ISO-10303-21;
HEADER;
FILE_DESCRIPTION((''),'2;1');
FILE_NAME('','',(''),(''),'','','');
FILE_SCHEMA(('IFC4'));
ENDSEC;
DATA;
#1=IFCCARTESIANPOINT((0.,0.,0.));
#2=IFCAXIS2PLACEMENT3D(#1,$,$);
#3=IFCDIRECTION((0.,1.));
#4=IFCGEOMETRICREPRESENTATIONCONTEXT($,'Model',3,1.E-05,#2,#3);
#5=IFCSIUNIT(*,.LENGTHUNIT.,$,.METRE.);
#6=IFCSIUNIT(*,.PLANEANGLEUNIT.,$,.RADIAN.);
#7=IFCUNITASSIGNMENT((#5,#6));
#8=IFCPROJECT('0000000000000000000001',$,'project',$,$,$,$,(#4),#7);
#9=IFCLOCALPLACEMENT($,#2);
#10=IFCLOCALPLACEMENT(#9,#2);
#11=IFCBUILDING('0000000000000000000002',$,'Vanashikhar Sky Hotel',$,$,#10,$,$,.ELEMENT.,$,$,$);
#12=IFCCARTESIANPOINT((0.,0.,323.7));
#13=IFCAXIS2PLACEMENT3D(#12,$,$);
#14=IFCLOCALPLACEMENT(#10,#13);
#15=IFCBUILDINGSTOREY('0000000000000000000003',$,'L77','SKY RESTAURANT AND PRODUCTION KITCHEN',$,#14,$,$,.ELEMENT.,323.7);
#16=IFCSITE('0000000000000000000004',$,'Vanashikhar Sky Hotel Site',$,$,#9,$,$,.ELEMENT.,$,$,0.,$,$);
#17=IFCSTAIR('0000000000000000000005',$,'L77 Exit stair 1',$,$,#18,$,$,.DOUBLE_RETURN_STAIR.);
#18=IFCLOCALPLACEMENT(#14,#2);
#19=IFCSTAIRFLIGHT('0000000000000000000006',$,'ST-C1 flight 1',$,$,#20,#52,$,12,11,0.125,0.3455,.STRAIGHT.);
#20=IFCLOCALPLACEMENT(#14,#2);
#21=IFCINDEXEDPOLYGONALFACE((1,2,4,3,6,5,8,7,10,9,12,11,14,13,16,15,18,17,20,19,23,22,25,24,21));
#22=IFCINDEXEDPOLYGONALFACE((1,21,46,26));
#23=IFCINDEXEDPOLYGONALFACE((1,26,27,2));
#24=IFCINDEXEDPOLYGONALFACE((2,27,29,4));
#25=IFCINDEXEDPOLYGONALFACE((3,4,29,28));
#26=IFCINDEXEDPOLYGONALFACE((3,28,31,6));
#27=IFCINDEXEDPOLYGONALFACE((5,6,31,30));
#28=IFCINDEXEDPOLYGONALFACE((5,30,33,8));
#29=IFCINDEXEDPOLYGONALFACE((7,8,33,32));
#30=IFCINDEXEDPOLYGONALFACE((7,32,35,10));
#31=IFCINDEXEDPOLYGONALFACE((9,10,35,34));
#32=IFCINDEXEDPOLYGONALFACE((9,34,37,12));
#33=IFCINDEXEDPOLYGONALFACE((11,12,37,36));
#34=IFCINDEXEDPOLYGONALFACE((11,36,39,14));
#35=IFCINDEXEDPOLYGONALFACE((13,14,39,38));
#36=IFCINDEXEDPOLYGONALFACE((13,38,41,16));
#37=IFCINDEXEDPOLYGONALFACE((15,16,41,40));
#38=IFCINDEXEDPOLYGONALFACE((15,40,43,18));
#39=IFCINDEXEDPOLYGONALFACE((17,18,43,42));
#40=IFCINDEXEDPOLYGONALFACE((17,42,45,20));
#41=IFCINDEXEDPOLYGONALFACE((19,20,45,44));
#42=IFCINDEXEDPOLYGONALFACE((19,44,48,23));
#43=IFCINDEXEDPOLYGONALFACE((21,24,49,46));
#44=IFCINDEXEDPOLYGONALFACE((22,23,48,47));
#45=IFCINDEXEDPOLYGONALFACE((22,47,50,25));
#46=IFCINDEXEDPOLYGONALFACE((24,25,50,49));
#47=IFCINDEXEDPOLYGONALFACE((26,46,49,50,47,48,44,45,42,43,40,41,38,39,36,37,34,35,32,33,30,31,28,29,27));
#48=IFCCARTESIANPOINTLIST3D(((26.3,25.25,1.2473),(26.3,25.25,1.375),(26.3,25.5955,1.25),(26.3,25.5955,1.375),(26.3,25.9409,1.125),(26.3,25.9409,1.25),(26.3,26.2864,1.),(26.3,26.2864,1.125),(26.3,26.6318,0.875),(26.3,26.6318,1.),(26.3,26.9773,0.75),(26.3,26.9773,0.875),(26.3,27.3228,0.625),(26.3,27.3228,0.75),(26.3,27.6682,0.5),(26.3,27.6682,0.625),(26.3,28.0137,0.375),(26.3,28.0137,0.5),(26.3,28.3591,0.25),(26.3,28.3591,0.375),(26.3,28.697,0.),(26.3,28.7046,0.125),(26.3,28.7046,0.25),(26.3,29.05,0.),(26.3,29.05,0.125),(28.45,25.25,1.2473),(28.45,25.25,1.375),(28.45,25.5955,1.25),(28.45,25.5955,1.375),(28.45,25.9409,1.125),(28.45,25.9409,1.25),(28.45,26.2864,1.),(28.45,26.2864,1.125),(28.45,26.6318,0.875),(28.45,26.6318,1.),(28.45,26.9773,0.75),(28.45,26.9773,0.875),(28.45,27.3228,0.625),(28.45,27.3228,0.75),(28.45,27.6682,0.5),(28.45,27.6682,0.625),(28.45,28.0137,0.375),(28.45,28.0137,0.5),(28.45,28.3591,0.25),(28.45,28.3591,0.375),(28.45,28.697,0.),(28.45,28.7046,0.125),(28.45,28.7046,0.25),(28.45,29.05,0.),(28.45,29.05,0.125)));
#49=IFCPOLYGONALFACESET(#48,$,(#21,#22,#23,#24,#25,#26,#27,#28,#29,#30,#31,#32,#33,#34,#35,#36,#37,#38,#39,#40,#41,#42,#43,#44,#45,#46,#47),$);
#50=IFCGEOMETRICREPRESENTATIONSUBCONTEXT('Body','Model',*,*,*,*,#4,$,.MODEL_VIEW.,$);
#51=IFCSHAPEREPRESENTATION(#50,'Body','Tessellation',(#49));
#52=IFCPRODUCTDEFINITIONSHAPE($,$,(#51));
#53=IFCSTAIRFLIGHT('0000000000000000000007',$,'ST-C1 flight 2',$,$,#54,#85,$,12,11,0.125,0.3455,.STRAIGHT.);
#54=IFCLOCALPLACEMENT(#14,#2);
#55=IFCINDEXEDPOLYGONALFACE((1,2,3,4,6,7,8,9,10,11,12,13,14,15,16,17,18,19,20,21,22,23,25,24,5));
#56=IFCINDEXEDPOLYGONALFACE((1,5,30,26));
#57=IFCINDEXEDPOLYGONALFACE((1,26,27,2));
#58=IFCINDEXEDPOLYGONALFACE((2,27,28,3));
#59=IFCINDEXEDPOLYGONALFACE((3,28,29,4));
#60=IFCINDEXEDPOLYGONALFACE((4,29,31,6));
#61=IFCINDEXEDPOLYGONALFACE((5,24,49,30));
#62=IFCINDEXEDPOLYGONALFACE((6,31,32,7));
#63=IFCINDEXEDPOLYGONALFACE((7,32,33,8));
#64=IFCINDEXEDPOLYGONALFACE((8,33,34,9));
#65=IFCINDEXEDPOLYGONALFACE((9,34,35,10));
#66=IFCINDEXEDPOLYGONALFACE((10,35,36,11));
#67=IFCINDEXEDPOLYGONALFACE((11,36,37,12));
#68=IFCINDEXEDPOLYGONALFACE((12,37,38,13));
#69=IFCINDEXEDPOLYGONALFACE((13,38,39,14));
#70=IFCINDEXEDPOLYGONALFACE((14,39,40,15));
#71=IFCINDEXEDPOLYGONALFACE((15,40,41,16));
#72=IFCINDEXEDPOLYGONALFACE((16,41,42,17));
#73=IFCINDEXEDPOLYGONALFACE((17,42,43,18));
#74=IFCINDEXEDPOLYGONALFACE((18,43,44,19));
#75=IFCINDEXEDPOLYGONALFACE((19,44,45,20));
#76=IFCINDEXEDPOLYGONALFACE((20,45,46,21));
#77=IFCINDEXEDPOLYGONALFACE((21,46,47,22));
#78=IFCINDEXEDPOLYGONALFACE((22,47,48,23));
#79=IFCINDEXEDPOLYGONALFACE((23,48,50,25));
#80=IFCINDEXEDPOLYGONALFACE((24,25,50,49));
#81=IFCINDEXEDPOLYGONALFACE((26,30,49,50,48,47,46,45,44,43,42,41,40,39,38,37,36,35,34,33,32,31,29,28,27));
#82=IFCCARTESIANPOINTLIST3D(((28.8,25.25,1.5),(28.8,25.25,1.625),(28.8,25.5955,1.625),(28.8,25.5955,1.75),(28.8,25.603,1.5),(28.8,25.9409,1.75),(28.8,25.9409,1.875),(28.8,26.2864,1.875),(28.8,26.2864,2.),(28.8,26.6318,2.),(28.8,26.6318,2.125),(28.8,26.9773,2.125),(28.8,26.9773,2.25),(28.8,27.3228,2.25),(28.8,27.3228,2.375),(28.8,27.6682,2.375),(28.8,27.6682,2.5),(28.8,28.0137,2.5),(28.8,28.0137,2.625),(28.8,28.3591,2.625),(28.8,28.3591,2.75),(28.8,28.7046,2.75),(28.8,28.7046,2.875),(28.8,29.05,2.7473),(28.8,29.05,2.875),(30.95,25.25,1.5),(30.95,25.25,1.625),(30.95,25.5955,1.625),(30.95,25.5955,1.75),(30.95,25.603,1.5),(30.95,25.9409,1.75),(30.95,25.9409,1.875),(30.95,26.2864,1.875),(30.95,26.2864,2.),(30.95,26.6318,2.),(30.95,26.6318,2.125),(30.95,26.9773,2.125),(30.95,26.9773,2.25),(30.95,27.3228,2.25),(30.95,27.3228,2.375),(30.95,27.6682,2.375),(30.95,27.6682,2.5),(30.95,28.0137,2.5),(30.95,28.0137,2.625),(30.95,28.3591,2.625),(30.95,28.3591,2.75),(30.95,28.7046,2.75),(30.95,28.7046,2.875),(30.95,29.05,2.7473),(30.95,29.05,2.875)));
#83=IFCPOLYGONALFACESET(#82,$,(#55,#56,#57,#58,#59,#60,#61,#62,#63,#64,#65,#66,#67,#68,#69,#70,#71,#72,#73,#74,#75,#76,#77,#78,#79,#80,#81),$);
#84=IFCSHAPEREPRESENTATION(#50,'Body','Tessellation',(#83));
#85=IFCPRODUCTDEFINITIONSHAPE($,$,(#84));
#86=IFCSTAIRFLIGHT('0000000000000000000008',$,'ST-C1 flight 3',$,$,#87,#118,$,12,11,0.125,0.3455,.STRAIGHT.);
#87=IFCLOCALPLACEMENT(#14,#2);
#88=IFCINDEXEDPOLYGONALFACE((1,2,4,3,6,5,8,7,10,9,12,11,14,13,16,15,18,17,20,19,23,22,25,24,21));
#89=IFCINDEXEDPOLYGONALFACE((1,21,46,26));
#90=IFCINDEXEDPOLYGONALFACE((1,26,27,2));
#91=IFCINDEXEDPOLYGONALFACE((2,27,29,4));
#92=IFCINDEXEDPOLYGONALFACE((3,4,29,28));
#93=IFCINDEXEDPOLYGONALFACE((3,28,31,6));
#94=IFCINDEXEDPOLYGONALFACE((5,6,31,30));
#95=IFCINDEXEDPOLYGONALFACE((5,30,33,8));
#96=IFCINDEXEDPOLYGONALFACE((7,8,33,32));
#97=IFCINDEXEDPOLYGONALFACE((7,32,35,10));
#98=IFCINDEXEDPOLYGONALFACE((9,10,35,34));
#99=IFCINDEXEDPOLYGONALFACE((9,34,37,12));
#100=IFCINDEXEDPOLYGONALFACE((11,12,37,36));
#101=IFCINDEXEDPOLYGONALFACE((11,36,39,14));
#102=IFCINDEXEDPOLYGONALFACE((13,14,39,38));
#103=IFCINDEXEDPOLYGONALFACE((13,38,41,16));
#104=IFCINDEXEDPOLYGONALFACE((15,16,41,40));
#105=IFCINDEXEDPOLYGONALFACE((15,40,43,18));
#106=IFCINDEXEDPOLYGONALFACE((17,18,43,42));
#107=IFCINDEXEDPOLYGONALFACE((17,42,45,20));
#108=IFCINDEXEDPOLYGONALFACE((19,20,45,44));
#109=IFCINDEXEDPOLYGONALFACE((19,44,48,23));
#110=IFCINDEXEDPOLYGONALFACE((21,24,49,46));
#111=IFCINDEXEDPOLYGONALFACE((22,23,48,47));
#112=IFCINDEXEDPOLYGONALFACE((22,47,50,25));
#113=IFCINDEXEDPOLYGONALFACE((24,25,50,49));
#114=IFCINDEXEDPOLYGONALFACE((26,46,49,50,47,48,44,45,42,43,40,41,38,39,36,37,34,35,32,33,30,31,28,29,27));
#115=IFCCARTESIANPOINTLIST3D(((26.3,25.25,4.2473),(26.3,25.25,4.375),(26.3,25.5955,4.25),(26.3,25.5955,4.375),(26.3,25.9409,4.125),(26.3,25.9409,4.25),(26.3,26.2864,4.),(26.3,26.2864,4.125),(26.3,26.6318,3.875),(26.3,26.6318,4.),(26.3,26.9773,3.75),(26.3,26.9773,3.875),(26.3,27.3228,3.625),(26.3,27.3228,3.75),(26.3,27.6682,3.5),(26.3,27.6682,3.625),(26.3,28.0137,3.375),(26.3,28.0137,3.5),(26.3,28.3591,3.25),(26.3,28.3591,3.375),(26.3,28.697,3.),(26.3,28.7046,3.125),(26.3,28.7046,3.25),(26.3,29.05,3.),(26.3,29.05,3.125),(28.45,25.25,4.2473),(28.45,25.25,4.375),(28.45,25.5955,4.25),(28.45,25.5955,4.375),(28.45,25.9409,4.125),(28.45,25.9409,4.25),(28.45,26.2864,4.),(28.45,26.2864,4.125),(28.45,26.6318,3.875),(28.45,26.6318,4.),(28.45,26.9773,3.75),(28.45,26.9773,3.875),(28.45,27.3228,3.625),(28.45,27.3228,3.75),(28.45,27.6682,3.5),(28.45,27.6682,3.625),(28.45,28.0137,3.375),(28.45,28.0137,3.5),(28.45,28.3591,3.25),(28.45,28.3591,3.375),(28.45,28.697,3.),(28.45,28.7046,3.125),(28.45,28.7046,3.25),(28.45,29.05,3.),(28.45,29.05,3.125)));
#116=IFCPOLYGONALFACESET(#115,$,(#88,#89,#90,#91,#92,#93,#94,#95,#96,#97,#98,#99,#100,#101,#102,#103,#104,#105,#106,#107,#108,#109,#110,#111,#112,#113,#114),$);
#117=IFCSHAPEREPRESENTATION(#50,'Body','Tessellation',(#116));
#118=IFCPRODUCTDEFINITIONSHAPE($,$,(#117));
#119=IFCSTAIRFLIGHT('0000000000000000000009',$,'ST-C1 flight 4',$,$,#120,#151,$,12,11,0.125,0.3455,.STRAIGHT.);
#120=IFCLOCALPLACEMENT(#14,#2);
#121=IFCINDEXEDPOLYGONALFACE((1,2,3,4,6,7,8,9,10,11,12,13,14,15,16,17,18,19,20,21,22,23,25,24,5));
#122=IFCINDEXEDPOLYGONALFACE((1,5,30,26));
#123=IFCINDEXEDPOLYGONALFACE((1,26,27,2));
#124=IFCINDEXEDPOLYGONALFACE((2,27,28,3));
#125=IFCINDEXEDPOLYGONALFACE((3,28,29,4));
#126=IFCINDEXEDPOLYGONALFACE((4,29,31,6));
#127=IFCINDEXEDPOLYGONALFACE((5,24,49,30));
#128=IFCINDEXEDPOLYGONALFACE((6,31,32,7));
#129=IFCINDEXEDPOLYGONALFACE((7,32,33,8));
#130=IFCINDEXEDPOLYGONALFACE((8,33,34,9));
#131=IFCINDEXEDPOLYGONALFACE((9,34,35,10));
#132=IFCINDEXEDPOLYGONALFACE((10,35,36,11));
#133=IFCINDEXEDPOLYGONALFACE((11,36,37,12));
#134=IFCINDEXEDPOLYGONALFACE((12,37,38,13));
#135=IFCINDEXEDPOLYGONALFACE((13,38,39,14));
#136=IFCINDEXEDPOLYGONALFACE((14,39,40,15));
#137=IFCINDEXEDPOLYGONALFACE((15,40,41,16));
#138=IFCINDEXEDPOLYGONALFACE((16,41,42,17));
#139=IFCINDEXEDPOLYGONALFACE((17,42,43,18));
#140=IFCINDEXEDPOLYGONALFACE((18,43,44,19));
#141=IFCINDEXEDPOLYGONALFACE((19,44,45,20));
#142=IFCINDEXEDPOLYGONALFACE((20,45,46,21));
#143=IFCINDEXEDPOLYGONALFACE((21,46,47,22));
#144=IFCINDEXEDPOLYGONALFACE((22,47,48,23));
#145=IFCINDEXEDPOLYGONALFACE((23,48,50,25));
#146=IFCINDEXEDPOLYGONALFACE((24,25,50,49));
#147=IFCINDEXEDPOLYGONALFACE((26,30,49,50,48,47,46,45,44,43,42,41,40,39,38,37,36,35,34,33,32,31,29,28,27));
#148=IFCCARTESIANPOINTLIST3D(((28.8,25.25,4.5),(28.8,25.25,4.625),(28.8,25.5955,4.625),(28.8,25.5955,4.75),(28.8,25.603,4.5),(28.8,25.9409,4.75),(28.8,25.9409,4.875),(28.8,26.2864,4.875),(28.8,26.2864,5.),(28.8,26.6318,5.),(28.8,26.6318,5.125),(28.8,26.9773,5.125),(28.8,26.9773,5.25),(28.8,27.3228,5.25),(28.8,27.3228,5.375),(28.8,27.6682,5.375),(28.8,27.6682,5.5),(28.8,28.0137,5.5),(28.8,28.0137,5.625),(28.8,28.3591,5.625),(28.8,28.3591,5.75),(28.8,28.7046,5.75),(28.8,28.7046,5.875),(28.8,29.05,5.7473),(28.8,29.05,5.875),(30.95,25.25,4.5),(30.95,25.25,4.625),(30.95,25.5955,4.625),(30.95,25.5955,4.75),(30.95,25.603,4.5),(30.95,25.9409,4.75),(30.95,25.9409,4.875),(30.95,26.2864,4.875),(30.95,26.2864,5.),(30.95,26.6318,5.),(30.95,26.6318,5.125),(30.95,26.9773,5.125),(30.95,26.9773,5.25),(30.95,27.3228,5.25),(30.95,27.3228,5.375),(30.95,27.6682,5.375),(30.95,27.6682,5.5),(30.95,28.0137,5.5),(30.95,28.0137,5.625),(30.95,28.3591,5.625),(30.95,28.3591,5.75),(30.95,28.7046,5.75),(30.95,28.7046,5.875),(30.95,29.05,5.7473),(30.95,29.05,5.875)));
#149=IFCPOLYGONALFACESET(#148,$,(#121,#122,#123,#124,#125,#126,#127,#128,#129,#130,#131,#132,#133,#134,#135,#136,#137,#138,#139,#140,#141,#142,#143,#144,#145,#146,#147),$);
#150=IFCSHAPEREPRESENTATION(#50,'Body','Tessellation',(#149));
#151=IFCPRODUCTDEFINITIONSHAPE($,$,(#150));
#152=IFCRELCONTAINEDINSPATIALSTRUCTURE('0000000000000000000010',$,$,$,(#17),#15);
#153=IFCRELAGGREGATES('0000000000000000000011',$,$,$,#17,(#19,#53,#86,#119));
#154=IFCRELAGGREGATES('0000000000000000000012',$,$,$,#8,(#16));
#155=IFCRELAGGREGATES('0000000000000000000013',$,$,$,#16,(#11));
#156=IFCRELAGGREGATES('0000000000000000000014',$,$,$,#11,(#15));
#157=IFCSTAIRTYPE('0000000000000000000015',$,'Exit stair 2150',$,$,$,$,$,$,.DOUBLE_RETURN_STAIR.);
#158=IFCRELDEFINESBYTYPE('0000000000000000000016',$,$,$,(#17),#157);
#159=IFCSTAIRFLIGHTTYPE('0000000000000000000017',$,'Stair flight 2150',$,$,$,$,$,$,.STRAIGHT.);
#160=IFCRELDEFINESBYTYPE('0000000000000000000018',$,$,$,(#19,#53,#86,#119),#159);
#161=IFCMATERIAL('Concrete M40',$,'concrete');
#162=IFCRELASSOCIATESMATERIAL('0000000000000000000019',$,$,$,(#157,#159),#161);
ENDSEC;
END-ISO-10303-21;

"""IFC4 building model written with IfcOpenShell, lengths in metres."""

from ifc_helpers import new_model, si_unit, direction, frame, origin, place, context, subcontext, project, spatial, polyline, outline, extrude, source, transform, mapped, material, type_object, element, aggregate, save


model = new_model("IFC4")

# Units and contexts
model_context = context("Model", 3, precision=1e-05, world=origin(), true_north=direction((0.0, 1.0)))
body_context = subcontext(model_context, "Body", "Model", "MODEL_VIEW")
ifc_project = project(units=[si_unit("LENGTHUNIT", "METRE"), si_unit("PLANEANGLEUNIT", "RADIAN")], contexts=[model_context])

# Site, building, storey
site_placement = place(None, origin())
site = spatial("IfcSite", under=ifc_project, at=site_placement, Name="Vanashikhar Sky Hotel Site", CompositionType="ELEMENT", RefElevation=0.0)
building_placement = place(site_placement, origin())
building = spatial("IfcBuilding", under=site, at=building_placement, Name="Vanashikhar Sky Hotel", CompositionType="ELEMENT")
storey_placement = place(building_placement, frame((0.0, 0.0, 323.7)))
storey = spatial("IfcBuildingStorey", under=building, at=storey_placement, Name="L77", Description="SKY RESTAURANT AND PRODUCTION KITCHEN", CompositionType="ELEMENT", Elevation=323.7)

# Shared definitions
ifc_material_1 = material(Name="Concrete M40", Category="concrete")

# Stair, stair flights
stair_type = type_object("IfcStairType", Name="Exit stair 2150", PredefinedType="DOUBLE_RETURN_STAIR", material=ifc_material_1)
stair_placement = place(storey_placement, origin())
stair = element("IfcStair", 1, at=stair_placement, inside=storey, type_object=stair_type, Name="L77 Exit stair 1", PredefinedType="DOUBLE_RETURN_STAIR")
stair_flight_type = type_object("IfcStairFlightType", Name="Stair flight 2150", PredefinedType="STRAIGHT", material=ifc_material_1)
shared_shape_1 = source(origin(), body_context, "Body", "SweptSolid", [
    extrude(outline(polyline([(0.0, 0.0), (0.0, 0.125), (0.3455, 0.125), (0.3455, 0.25), (0.6909, 0.25), (0.6909, 0.375), (1.0364, 0.375), (1.0364, 0.5), (1.3818, 0.5), (1.3818, 0.625), (1.7273, 0.625), (1.7273, 0.75), (2.0728, 0.75), (2.0728, 0.875), (2.4182, 0.875), (2.4182, 1.0), (2.7637, 1.0), (2.7637, 1.125), (3.1091, 1.125), (3.1091, 1.25), (3.4546, 1.25), (3.4546, 1.375), (3.8, 1.375), (3.8, 1.5), (3.8, 1.2473), (0.353, 0.0), (0.0, 0.0)])), frame((0.0, 1.075, 0.0), z_axis=(0.0, -1.0, 0.0), x_axis=(1.0, 0.0, 0.0)), (0.0, 0.0, 1.0), 2.1499),
])
stair_flight_1_placement = place(storey_placement, frame((27.375, 29.05, 0.0), z_axis=(0.0, 0.0, 1.0), x_axis=(0.0, -1.0, 0.0)))
stair_flight_1 = element("IfcStairFlight", 2, at=stair_flight_1_placement, type_object=stair_flight_type, Name="ST-C1 flight 1", NumberOfRisers=12, NumberOfTreads=11, PredefinedType="STRAIGHT", RiserHeight=0.125, TreadLength=0.3455, context=body_context, shape_type="MappedRepresentation", body=[
    mapped(shared_shape_1, transform((0.0, 0.0, 0.0), scale=1.0)),
])
stair_flight_2_placement = place(storey_placement, frame((29.875, 25.25, 1.5), z_axis=(0.0, 0.0, 1.0), x_axis=(0.0, 1.0, 0.0)))
stair_flight_2 = element("IfcStairFlight", 3, at=stair_flight_2_placement, type_object=stair_flight_type, Name="ST-C1 flight 2", NumberOfRisers=12, NumberOfTreads=11, PredefinedType="STRAIGHT", RiserHeight=0.125, TreadLength=0.3455, context=body_context, shape_type="MappedRepresentation", body=[
    mapped(shared_shape_1, transform((0.0, 0.0, 0.0), scale=1.0)),
])
stair_flight_3_placement = place(storey_placement, frame((27.375, 29.05, 3.0), z_axis=(0.0, 0.0, 1.0), x_axis=(0.0, -1.0, 0.0)))
stair_flight_3 = element("IfcStairFlight", 4, at=stair_flight_3_placement, type_object=stair_flight_type, Name="ST-C1 flight 3", NumberOfRisers=12, NumberOfTreads=11, PredefinedType="STRAIGHT", RiserHeight=0.125, TreadLength=0.3455, context=body_context, shape_type="MappedRepresentation", body=[
    mapped(shared_shape_1, transform((0.0, 0.0, 0.0), scale=1.0)),
])
stair_flight_4_placement = place(storey_placement, frame((29.875, 25.25, 4.5), z_axis=(0.0, 0.0, 1.0), x_axis=(0.0, 1.0, 0.0)))
stair_flight_4 = element("IfcStairFlight", 5, at=stair_flight_4_placement, type_object=stair_flight_type, Name="ST-C1 flight 4", NumberOfRisers=12, NumberOfTreads=11, PredefinedType="STRAIGHT", RiserHeight=0.125, TreadLength=0.3455, context=body_context, shape_type="MappedRepresentation", body=[
    mapped(shared_shape_1, transform((0.0, 0.0, 0.0), scale=1.0)),
])
aggregate(stair, [stair_flight_1, stair_flight_2, stair_flight_3, stair_flight_4])

save(model, "model.ifc")
